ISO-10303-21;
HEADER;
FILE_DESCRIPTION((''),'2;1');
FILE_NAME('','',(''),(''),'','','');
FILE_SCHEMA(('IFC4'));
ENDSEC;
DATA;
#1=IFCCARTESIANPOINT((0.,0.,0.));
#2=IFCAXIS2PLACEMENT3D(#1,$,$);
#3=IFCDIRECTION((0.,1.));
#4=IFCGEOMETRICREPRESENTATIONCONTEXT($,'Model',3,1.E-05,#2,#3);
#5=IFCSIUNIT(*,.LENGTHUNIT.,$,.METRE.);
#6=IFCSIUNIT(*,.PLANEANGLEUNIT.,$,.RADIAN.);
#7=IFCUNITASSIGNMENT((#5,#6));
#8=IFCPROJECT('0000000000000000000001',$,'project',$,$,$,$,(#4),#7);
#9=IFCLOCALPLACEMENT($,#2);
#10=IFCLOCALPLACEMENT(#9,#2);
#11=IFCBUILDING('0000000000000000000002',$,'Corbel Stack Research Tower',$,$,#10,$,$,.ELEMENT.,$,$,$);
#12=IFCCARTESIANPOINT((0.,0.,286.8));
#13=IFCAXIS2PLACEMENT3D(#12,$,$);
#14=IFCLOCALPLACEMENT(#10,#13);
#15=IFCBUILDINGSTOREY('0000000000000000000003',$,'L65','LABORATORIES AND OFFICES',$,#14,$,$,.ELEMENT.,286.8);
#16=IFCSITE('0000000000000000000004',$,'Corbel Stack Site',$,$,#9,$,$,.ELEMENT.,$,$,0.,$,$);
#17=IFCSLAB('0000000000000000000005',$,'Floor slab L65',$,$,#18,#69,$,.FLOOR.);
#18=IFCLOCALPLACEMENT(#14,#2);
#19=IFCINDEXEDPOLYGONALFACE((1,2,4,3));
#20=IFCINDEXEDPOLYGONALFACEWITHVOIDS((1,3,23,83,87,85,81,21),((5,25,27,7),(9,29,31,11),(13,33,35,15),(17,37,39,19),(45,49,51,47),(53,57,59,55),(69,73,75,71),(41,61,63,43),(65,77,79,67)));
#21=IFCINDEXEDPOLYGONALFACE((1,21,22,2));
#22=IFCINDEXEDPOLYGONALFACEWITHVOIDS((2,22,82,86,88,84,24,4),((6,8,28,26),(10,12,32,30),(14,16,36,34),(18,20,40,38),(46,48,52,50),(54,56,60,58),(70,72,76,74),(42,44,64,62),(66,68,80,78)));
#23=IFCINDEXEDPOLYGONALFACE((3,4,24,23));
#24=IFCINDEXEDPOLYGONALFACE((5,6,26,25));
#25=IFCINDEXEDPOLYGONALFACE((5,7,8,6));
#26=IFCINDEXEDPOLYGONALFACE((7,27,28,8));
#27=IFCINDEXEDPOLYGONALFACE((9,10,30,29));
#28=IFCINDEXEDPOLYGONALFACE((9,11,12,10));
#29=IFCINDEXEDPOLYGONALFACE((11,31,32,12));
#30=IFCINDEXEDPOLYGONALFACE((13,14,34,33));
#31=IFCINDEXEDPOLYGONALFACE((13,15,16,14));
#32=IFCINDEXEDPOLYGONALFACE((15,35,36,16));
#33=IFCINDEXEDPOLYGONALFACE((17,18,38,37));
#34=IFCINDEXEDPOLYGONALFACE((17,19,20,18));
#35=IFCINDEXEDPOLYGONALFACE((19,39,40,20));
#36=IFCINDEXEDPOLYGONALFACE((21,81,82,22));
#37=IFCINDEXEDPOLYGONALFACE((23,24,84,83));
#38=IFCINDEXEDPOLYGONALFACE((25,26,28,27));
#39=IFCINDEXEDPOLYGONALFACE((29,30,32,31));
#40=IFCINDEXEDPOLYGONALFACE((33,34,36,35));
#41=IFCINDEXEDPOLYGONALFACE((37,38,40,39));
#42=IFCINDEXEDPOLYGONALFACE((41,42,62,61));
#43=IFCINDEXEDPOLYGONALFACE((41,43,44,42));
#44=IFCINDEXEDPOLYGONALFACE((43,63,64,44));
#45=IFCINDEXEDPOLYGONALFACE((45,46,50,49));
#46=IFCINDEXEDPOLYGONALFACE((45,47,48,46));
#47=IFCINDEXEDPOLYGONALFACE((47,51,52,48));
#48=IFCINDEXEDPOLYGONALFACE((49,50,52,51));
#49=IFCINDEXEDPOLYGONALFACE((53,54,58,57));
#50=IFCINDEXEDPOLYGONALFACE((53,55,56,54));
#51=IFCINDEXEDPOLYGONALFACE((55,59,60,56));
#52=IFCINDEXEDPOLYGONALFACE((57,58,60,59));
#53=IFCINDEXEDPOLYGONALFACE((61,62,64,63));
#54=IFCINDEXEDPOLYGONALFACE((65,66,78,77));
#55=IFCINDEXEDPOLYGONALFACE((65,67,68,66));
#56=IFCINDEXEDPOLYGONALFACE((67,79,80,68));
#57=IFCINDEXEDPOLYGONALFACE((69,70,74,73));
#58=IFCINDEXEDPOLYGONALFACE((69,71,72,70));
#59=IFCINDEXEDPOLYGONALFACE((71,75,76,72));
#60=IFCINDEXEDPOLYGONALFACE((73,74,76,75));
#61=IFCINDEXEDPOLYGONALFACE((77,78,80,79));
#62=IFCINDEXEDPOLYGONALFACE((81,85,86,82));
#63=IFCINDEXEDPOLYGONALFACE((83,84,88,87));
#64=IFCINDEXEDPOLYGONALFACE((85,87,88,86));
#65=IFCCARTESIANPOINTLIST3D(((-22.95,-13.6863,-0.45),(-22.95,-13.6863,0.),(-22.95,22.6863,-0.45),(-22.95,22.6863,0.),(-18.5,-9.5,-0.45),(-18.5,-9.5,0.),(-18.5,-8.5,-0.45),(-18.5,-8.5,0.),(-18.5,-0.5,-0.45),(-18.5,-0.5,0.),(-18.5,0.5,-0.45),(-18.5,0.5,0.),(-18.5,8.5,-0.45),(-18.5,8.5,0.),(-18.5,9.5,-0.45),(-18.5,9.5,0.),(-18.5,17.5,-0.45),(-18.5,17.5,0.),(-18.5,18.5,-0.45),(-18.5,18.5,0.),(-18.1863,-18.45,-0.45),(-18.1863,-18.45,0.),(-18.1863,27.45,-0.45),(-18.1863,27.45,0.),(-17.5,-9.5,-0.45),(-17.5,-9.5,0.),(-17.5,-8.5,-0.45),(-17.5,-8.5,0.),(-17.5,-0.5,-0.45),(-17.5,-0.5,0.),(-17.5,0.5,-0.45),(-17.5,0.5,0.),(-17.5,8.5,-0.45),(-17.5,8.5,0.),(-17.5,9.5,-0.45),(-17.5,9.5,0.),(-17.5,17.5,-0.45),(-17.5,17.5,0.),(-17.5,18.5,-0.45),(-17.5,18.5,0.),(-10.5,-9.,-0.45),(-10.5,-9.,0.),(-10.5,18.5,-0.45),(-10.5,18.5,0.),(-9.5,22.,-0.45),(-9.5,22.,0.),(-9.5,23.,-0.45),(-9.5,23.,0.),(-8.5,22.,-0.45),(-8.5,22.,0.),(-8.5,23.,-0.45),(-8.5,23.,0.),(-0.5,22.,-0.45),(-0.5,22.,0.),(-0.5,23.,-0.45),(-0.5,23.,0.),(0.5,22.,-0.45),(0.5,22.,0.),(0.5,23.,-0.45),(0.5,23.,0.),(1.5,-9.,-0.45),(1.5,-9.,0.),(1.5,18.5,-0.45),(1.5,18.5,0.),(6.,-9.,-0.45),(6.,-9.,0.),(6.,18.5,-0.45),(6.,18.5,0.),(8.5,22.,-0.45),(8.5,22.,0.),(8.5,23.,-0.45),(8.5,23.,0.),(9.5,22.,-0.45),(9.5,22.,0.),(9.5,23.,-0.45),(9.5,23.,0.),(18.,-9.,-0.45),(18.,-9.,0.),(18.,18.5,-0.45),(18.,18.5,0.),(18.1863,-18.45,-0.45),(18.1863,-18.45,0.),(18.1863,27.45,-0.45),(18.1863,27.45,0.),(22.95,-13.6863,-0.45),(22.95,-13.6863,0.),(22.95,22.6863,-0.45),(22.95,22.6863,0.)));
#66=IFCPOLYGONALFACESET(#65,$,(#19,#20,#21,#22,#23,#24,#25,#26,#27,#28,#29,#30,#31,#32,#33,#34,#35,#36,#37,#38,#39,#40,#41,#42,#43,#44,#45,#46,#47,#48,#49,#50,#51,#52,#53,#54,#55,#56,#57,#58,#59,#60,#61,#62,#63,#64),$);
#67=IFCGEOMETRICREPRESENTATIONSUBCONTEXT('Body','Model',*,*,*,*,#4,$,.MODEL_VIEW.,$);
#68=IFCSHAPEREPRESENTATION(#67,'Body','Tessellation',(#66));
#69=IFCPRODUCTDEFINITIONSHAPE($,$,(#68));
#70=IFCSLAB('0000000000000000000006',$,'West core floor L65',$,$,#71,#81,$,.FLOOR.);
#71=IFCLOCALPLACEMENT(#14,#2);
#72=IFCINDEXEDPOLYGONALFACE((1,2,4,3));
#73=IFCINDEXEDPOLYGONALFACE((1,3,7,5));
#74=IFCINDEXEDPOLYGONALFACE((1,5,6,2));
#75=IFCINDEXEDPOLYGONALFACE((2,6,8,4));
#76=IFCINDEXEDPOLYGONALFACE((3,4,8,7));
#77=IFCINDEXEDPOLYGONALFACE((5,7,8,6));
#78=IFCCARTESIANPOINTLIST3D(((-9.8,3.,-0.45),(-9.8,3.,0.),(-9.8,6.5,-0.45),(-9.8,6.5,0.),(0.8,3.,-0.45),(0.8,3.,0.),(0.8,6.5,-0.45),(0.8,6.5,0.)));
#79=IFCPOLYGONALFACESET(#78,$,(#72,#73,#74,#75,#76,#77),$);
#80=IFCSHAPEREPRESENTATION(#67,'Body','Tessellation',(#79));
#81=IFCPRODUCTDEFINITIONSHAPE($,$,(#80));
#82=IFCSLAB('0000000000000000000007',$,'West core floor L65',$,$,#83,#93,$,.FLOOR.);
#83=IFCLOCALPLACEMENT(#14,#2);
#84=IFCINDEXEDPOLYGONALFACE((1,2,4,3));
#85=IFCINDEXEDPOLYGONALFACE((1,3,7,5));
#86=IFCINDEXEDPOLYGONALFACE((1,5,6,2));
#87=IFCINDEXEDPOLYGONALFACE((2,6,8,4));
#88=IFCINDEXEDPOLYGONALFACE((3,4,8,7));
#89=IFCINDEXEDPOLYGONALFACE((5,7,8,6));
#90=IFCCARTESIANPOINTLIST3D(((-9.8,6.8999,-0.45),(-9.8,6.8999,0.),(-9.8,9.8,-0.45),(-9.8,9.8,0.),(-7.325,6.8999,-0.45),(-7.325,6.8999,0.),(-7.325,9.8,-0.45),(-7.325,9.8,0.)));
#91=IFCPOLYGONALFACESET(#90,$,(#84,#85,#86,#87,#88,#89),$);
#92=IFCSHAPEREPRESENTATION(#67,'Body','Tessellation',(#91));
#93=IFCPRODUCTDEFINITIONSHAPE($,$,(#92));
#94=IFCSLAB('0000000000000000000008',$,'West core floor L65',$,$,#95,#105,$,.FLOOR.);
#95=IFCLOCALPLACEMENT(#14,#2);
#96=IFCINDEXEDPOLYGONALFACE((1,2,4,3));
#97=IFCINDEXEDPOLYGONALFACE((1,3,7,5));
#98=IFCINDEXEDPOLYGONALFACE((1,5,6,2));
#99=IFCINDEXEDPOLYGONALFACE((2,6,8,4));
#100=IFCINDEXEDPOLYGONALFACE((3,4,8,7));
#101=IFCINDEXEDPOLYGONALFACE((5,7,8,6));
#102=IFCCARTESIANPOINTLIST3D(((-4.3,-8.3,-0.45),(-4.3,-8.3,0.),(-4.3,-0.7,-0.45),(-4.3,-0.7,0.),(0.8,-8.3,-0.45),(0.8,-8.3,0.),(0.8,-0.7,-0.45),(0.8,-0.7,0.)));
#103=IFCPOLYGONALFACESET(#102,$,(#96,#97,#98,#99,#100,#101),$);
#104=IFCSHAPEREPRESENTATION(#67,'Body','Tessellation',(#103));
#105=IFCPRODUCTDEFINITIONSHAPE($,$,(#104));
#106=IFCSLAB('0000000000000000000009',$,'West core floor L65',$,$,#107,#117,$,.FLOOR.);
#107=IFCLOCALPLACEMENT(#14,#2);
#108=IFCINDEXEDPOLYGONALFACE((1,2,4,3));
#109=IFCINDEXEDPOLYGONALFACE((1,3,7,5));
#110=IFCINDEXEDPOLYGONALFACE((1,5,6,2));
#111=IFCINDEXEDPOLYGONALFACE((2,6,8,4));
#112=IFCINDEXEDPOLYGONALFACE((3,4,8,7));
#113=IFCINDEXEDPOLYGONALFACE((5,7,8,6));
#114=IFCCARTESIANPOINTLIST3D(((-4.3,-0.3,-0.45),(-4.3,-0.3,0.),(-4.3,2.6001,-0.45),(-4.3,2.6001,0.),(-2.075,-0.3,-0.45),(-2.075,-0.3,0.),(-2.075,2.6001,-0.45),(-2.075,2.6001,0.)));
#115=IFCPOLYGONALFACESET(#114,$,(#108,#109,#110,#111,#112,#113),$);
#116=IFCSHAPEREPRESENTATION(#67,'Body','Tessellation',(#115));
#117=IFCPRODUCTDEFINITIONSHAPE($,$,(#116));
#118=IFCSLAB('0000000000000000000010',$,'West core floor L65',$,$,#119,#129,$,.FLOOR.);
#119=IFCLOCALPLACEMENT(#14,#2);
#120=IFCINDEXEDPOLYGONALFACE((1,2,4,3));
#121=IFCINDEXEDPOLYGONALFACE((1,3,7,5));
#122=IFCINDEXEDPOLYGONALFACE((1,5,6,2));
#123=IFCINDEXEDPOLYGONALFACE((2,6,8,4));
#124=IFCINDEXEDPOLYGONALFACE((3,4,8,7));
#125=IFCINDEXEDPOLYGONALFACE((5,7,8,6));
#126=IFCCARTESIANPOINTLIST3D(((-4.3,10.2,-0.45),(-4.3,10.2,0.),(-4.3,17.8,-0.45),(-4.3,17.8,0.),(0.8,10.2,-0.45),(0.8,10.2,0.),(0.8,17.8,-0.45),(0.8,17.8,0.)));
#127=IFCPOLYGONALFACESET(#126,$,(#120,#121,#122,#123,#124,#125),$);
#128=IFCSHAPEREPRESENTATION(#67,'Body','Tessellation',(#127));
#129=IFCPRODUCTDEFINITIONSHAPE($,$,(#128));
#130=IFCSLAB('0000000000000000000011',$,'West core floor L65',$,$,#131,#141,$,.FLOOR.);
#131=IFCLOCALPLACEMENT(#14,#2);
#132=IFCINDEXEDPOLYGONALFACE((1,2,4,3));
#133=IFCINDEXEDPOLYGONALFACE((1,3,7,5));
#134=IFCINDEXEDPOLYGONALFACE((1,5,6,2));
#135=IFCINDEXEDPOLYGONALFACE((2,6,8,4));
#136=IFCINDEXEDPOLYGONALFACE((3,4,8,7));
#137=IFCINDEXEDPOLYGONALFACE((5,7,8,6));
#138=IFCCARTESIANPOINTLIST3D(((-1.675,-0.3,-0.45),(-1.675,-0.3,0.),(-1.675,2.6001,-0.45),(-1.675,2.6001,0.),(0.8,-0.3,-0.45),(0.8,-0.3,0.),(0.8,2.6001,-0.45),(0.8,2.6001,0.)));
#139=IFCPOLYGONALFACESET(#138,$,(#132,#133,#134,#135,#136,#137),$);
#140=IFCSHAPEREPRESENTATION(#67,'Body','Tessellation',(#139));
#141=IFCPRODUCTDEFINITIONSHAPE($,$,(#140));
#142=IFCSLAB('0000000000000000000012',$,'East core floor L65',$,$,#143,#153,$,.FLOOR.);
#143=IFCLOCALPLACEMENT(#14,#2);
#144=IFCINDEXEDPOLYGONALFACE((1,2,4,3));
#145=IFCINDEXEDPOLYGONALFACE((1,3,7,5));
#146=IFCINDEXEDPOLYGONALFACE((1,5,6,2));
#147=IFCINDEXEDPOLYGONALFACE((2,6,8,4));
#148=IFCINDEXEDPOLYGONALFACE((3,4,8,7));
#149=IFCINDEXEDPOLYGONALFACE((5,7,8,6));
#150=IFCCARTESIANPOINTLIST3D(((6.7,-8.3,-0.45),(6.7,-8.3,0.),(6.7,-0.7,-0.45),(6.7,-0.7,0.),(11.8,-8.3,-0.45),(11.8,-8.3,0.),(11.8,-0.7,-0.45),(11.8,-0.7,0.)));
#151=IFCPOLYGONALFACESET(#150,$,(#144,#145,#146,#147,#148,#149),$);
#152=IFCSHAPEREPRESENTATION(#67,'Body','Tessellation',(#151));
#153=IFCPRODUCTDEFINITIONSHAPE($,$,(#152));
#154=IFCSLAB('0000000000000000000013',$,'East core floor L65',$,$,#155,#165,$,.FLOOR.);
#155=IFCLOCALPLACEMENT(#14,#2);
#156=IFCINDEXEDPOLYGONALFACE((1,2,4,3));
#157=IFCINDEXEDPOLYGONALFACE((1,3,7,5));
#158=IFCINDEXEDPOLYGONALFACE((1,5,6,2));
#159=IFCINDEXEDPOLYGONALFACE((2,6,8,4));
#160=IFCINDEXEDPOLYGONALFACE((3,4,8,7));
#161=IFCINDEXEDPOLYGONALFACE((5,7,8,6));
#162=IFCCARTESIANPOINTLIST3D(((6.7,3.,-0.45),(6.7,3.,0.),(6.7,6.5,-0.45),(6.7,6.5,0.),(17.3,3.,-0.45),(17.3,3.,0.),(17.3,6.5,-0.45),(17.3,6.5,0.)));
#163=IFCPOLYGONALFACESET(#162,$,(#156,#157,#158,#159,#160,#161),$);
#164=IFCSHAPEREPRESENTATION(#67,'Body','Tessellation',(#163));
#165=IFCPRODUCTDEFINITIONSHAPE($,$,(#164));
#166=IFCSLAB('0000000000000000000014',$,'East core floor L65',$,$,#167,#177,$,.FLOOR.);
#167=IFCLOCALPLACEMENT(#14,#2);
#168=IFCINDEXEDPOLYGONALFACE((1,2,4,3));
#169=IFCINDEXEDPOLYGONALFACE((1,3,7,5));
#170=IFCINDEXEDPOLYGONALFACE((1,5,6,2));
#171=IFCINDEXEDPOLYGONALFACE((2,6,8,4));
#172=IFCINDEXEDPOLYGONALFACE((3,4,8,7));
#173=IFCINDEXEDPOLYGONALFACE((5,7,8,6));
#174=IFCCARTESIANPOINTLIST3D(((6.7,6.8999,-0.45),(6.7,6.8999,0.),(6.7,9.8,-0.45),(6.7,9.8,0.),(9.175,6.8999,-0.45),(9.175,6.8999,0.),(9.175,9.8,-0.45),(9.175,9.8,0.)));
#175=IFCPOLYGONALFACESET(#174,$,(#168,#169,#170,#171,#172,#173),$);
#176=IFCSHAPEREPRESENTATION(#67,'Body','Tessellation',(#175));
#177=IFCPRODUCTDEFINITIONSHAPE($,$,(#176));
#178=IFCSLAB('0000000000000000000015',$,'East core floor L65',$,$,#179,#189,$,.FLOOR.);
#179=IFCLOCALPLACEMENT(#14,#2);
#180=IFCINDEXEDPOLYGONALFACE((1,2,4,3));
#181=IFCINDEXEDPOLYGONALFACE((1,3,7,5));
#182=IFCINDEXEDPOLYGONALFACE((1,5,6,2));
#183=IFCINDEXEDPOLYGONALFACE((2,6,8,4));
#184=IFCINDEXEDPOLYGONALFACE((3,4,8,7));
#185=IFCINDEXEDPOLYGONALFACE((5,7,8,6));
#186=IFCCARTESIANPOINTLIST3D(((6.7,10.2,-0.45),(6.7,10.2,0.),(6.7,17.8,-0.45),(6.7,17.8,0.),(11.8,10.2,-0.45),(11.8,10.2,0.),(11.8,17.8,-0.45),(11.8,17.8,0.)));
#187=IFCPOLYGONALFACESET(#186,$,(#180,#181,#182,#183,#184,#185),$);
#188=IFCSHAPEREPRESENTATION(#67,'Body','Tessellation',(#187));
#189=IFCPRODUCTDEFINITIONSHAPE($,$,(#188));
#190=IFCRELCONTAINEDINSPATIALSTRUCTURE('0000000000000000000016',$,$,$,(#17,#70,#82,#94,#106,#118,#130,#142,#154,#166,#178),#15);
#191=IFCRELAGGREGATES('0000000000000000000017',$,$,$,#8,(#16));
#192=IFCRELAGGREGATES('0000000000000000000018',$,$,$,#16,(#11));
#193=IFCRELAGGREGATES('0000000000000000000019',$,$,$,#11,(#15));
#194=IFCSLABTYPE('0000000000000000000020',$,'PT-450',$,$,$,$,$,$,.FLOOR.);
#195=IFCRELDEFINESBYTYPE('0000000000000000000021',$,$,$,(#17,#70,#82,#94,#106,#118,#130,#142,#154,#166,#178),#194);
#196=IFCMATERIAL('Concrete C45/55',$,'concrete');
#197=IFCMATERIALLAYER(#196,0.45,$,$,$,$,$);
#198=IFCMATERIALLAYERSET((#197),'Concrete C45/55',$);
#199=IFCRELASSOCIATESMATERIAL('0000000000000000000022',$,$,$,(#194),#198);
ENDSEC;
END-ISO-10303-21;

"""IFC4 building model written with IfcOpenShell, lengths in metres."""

from ifc_helpers import new_model, si_unit, direction, frame, origin, place, context, subcontext, project, spatial, polyline, outline, extrude, material, layer, layer_set, type_object, element, save


model = new_model("IFC4")

# Units and contexts
model_context = context("Model", 3, precision=1e-05, world=origin(), true_north=direction((0.0, 1.0)))
body_context = subcontext(model_context, "Body", "Model", "MODEL_VIEW")
ifc_project = project(units=[si_unit("LENGTHUNIT", "METRE"), si_unit("PLANEANGLEUNIT", "RADIAN")], contexts=[model_context])

# Site, building, storey
site_placement = place(None, origin())
site = spatial("IfcSite", under=ifc_project, at=site_placement, Name="Corbel Stack Site", CompositionType="ELEMENT", RefElevation=0.0)
building_placement = place(site_placement, origin())
building = spatial("IfcBuilding", under=site, at=building_placement, Name="Corbel Stack Research Tower", CompositionType="ELEMENT")
storey_placement = place(building_placement, frame((0.0, 0.0, 286.8)))
storey = spatial("IfcBuildingStorey", under=building, at=storey_placement, Name="L65", Description="LABORATORIES AND OFFICES", CompositionType="ELEMENT", Elevation=286.8)

# Slabs
ifc_material_1 = material(Name="Concrete C45/55", Category="concrete")
ifc_layer_1 = layer(ifc_material_1, 0.45)
ifc_layer_set_1 = layer_set([ifc_layer_1], Name="Concrete C45/55")
slab_type = type_object("IfcSlabType", Name="PT-450", PredefinedType="FLOOR", material=ifc_layer_set_1)
slab_1_placement = place(storey_placement, frame((0.0, 0.0, -0.45)))
element("IfcSlab", 1, at=slab_1_placement, inside=storey, type_object=slab_type, Name="Floor slab L65", PredefinedType="FLOOR", context=body_context, shape_type="SweptSolid", body=[
    extrude(outline(polyline([(-18.1863, -18.45), (18.1863, -18.45), (22.95, -13.6863), (22.95, 22.6863), (18.1863, 27.45), (-18.1863, 27.45), (-22.95, 22.6863), (-22.95, -13.6863), (-18.1863, -18.45)]), holes=[polyline([(18.0, 18.5), (18.0, -9.0), (6.0, -9.0), (6.0, 18.5), (18.0, 18.5)]), polyline([(9.5, 22.0), (8.5, 22.0), (8.5, 23.0), (9.5, 23.0), (9.5, 22.0)]), polyline([(1.5, 18.5), (1.5, -9.0), (-10.5, -9.0), (-10.5, 18.5), (1.5, 18.5)]), polyline([(0.5, 22.0), (-0.5, 22.0), (-0.5, 23.0), (0.5, 23.0), (0.5, 22.0)]), polyline([(-8.5, 23.0), (-8.5, 22.0), (-9.5, 22.0), (-9.5, 23.0), (-8.5, 23.0)]), polyline([(-17.5, -8.5), (-17.5, -9.5), (-18.5, -9.5), (-18.5, -8.5), (-17.5, -8.5)]), polyline([(-17.5, 0.5), (-17.5, -0.5), (-18.5, -0.5), (-18.5, 0.5), (-17.5, 0.5)]), polyline([(-17.5, 9.5), (-17.5, 8.5), (-18.5, 8.5), (-18.5, 9.5), (-17.5, 9.5)]), polyline([(-17.5, 18.5), (-17.5, 17.5), (-18.5, 17.5), (-18.5, 18.5), (-17.5, 18.5)])]), origin(), (0.0, 0.0, 1.0), 0.45),
])
slab_2_placement = place(storey_placement, frame((0.0, 0.0, -0.45)))
element("IfcSlab", 2, at=slab_2_placement, inside=storey, type_object=slab_type, Name="West core floor L65", PredefinedType="FLOOR", context=body_context, shape_type="SweptSolid", body=[
    extrude(outline(polyline([(-9.8, 6.5), (-9.8, 3.0), (0.8, 3.0), (0.8, 6.5), (-9.8, 6.5)])), origin(), (0.0, 0.0, 1.0), 0.45),
])
slab_3_placement = place(storey_placement, frame((0.0, 0.0, -0.45)))
element("IfcSlab", 3, at=slab_3_placement, inside=storey, type_object=slab_type, Name="West core floor L65", PredefinedType="FLOOR", context=body_context, shape_type="SweptSolid", body=[
    extrude(outline(polyline([(-9.8, 6.8999), (-7.325, 6.8999), (-7.325, 9.8), (-9.8, 9.8), (-9.8, 6.8999)])), origin(), (0.0, 0.0, 1.0), 0.45),
])
slab_4_placement = place(storey_placement, frame((0.0, 0.0, -0.45)))
element("IfcSlab", 4, at=slab_4_placement, inside=storey, type_object=slab_type, Name="West core floor L65", PredefinedType="FLOOR", context=body_context, shape_type="SweptSolid", body=[
    extrude(outline(polyline([(-4.3, -0.7), (-4.3, -8.3), (0.8, -8.3), (0.8, -0.7), (-4.3, -0.7)])), origin(), (0.0, 0.0, 1.0), 0.45),
])
slab_5_placement = place(storey_placement, frame((0.0, 0.0, -0.45)))
element("IfcSlab", 5, at=slab_5_placement, inside=storey, type_object=slab_type, Name="West core floor L65", PredefinedType="FLOOR", context=body_context, shape_type="SweptSolid", body=[
    extrude(outline(polyline([(-4.3, 2.6001), (-4.3, -0.3), (-2.075, -0.3), (-2.075, 2.6001), (-4.3, 2.6001)])), origin(), (0.0, 0.0, 1.0), 0.45),
])
slab_6_placement = place(storey_placement, frame((0.0, 0.0, -0.45)))
element("IfcSlab", 6, at=slab_6_placement, inside=storey, type_object=slab_type, Name="West core floor L65", PredefinedType="FLOOR", context=body_context, shape_type="SweptSolid", body=[
    extrude(outline(polyline([(-4.3, 17.8), (-4.3, 10.2), (0.8, 10.2), (0.8, 17.8), (-4.3, 17.8)])), origin(), (0.0, 0.0, 1.0), 0.45),
])
slab_7_placement = place(storey_placement, frame((0.0, 0.0, -0.45)))
element("IfcSlab", 7, at=slab_7_placement, inside=storey, type_object=slab_type, Name="West core floor L65", PredefinedType="FLOOR", context=body_context, shape_type="SweptSolid", body=[
    extrude(outline(polyline([(-1.675, 2.6001), (-1.675, -0.3), (0.8, -0.3), (0.8, 2.6001), (-1.675, 2.6001)])), origin(), (0.0, 0.0, 1.0), 0.45),
])
slab_8_placement = place(storey_placement, frame((0.0, 0.0, -0.45)))
element("IfcSlab", 8, at=slab_8_placement, inside=storey, type_object=slab_type, Name="East core floor L65", PredefinedType="FLOOR", context=body_context, shape_type="SweptSolid", body=[
    extrude(outline(polyline([(6.7, -8.3), (11.8, -8.3), (11.8, -0.7), (6.7, -0.7), (6.7, -8.3)])), origin(), (0.0, 0.0, 1.0), 0.45),
])
slab_9_placement = place(storey_placement, frame((0.0, 0.0, -0.45)))
element("IfcSlab", 9, at=slab_9_placement, inside=storey, type_object=slab_type, Name="East core floor L65", PredefinedType="FLOOR", context=body_context, shape_type="SweptSolid", body=[
    extrude(outline(polyline([(6.7, 3.0), (17.3, 3.0), (17.3, 6.5), (6.7, 6.5), (6.7, 3.0)])), origin(), (0.0, 0.0, 1.0), 0.45),
])
slab_10_placement = place(storey_placement, frame((0.0, 0.0, -0.45)))
element("IfcSlab", 10, at=slab_10_placement, inside=storey, type_object=slab_type, Name="East core floor L65", PredefinedType="FLOOR", context=body_context, shape_type="SweptSolid", body=[
    extrude(outline(polyline([(6.7, 6.8999), (9.175, 6.8999), (9.175, 9.8), (6.7, 9.8), (6.7, 6.8999)])), origin(), (0.0, 0.0, 1.0), 0.45),
])
slab_11_placement = place(storey_placement, frame((0.0, 0.0, -0.45)))
element("IfcSlab", 11, at=slab_11_placement, inside=storey, type_object=slab_type, Name="East core floor L65", PredefinedType="FLOOR", context=body_context, shape_type="SweptSolid", body=[
    extrude(outline(polyline([(6.7, 10.2), (11.8, 10.2), (11.8, 17.8), (6.7, 17.8), (6.7, 10.2)])), origin(), (0.0, 0.0, 1.0), 0.45),
])

save(model, "model.ifc")
